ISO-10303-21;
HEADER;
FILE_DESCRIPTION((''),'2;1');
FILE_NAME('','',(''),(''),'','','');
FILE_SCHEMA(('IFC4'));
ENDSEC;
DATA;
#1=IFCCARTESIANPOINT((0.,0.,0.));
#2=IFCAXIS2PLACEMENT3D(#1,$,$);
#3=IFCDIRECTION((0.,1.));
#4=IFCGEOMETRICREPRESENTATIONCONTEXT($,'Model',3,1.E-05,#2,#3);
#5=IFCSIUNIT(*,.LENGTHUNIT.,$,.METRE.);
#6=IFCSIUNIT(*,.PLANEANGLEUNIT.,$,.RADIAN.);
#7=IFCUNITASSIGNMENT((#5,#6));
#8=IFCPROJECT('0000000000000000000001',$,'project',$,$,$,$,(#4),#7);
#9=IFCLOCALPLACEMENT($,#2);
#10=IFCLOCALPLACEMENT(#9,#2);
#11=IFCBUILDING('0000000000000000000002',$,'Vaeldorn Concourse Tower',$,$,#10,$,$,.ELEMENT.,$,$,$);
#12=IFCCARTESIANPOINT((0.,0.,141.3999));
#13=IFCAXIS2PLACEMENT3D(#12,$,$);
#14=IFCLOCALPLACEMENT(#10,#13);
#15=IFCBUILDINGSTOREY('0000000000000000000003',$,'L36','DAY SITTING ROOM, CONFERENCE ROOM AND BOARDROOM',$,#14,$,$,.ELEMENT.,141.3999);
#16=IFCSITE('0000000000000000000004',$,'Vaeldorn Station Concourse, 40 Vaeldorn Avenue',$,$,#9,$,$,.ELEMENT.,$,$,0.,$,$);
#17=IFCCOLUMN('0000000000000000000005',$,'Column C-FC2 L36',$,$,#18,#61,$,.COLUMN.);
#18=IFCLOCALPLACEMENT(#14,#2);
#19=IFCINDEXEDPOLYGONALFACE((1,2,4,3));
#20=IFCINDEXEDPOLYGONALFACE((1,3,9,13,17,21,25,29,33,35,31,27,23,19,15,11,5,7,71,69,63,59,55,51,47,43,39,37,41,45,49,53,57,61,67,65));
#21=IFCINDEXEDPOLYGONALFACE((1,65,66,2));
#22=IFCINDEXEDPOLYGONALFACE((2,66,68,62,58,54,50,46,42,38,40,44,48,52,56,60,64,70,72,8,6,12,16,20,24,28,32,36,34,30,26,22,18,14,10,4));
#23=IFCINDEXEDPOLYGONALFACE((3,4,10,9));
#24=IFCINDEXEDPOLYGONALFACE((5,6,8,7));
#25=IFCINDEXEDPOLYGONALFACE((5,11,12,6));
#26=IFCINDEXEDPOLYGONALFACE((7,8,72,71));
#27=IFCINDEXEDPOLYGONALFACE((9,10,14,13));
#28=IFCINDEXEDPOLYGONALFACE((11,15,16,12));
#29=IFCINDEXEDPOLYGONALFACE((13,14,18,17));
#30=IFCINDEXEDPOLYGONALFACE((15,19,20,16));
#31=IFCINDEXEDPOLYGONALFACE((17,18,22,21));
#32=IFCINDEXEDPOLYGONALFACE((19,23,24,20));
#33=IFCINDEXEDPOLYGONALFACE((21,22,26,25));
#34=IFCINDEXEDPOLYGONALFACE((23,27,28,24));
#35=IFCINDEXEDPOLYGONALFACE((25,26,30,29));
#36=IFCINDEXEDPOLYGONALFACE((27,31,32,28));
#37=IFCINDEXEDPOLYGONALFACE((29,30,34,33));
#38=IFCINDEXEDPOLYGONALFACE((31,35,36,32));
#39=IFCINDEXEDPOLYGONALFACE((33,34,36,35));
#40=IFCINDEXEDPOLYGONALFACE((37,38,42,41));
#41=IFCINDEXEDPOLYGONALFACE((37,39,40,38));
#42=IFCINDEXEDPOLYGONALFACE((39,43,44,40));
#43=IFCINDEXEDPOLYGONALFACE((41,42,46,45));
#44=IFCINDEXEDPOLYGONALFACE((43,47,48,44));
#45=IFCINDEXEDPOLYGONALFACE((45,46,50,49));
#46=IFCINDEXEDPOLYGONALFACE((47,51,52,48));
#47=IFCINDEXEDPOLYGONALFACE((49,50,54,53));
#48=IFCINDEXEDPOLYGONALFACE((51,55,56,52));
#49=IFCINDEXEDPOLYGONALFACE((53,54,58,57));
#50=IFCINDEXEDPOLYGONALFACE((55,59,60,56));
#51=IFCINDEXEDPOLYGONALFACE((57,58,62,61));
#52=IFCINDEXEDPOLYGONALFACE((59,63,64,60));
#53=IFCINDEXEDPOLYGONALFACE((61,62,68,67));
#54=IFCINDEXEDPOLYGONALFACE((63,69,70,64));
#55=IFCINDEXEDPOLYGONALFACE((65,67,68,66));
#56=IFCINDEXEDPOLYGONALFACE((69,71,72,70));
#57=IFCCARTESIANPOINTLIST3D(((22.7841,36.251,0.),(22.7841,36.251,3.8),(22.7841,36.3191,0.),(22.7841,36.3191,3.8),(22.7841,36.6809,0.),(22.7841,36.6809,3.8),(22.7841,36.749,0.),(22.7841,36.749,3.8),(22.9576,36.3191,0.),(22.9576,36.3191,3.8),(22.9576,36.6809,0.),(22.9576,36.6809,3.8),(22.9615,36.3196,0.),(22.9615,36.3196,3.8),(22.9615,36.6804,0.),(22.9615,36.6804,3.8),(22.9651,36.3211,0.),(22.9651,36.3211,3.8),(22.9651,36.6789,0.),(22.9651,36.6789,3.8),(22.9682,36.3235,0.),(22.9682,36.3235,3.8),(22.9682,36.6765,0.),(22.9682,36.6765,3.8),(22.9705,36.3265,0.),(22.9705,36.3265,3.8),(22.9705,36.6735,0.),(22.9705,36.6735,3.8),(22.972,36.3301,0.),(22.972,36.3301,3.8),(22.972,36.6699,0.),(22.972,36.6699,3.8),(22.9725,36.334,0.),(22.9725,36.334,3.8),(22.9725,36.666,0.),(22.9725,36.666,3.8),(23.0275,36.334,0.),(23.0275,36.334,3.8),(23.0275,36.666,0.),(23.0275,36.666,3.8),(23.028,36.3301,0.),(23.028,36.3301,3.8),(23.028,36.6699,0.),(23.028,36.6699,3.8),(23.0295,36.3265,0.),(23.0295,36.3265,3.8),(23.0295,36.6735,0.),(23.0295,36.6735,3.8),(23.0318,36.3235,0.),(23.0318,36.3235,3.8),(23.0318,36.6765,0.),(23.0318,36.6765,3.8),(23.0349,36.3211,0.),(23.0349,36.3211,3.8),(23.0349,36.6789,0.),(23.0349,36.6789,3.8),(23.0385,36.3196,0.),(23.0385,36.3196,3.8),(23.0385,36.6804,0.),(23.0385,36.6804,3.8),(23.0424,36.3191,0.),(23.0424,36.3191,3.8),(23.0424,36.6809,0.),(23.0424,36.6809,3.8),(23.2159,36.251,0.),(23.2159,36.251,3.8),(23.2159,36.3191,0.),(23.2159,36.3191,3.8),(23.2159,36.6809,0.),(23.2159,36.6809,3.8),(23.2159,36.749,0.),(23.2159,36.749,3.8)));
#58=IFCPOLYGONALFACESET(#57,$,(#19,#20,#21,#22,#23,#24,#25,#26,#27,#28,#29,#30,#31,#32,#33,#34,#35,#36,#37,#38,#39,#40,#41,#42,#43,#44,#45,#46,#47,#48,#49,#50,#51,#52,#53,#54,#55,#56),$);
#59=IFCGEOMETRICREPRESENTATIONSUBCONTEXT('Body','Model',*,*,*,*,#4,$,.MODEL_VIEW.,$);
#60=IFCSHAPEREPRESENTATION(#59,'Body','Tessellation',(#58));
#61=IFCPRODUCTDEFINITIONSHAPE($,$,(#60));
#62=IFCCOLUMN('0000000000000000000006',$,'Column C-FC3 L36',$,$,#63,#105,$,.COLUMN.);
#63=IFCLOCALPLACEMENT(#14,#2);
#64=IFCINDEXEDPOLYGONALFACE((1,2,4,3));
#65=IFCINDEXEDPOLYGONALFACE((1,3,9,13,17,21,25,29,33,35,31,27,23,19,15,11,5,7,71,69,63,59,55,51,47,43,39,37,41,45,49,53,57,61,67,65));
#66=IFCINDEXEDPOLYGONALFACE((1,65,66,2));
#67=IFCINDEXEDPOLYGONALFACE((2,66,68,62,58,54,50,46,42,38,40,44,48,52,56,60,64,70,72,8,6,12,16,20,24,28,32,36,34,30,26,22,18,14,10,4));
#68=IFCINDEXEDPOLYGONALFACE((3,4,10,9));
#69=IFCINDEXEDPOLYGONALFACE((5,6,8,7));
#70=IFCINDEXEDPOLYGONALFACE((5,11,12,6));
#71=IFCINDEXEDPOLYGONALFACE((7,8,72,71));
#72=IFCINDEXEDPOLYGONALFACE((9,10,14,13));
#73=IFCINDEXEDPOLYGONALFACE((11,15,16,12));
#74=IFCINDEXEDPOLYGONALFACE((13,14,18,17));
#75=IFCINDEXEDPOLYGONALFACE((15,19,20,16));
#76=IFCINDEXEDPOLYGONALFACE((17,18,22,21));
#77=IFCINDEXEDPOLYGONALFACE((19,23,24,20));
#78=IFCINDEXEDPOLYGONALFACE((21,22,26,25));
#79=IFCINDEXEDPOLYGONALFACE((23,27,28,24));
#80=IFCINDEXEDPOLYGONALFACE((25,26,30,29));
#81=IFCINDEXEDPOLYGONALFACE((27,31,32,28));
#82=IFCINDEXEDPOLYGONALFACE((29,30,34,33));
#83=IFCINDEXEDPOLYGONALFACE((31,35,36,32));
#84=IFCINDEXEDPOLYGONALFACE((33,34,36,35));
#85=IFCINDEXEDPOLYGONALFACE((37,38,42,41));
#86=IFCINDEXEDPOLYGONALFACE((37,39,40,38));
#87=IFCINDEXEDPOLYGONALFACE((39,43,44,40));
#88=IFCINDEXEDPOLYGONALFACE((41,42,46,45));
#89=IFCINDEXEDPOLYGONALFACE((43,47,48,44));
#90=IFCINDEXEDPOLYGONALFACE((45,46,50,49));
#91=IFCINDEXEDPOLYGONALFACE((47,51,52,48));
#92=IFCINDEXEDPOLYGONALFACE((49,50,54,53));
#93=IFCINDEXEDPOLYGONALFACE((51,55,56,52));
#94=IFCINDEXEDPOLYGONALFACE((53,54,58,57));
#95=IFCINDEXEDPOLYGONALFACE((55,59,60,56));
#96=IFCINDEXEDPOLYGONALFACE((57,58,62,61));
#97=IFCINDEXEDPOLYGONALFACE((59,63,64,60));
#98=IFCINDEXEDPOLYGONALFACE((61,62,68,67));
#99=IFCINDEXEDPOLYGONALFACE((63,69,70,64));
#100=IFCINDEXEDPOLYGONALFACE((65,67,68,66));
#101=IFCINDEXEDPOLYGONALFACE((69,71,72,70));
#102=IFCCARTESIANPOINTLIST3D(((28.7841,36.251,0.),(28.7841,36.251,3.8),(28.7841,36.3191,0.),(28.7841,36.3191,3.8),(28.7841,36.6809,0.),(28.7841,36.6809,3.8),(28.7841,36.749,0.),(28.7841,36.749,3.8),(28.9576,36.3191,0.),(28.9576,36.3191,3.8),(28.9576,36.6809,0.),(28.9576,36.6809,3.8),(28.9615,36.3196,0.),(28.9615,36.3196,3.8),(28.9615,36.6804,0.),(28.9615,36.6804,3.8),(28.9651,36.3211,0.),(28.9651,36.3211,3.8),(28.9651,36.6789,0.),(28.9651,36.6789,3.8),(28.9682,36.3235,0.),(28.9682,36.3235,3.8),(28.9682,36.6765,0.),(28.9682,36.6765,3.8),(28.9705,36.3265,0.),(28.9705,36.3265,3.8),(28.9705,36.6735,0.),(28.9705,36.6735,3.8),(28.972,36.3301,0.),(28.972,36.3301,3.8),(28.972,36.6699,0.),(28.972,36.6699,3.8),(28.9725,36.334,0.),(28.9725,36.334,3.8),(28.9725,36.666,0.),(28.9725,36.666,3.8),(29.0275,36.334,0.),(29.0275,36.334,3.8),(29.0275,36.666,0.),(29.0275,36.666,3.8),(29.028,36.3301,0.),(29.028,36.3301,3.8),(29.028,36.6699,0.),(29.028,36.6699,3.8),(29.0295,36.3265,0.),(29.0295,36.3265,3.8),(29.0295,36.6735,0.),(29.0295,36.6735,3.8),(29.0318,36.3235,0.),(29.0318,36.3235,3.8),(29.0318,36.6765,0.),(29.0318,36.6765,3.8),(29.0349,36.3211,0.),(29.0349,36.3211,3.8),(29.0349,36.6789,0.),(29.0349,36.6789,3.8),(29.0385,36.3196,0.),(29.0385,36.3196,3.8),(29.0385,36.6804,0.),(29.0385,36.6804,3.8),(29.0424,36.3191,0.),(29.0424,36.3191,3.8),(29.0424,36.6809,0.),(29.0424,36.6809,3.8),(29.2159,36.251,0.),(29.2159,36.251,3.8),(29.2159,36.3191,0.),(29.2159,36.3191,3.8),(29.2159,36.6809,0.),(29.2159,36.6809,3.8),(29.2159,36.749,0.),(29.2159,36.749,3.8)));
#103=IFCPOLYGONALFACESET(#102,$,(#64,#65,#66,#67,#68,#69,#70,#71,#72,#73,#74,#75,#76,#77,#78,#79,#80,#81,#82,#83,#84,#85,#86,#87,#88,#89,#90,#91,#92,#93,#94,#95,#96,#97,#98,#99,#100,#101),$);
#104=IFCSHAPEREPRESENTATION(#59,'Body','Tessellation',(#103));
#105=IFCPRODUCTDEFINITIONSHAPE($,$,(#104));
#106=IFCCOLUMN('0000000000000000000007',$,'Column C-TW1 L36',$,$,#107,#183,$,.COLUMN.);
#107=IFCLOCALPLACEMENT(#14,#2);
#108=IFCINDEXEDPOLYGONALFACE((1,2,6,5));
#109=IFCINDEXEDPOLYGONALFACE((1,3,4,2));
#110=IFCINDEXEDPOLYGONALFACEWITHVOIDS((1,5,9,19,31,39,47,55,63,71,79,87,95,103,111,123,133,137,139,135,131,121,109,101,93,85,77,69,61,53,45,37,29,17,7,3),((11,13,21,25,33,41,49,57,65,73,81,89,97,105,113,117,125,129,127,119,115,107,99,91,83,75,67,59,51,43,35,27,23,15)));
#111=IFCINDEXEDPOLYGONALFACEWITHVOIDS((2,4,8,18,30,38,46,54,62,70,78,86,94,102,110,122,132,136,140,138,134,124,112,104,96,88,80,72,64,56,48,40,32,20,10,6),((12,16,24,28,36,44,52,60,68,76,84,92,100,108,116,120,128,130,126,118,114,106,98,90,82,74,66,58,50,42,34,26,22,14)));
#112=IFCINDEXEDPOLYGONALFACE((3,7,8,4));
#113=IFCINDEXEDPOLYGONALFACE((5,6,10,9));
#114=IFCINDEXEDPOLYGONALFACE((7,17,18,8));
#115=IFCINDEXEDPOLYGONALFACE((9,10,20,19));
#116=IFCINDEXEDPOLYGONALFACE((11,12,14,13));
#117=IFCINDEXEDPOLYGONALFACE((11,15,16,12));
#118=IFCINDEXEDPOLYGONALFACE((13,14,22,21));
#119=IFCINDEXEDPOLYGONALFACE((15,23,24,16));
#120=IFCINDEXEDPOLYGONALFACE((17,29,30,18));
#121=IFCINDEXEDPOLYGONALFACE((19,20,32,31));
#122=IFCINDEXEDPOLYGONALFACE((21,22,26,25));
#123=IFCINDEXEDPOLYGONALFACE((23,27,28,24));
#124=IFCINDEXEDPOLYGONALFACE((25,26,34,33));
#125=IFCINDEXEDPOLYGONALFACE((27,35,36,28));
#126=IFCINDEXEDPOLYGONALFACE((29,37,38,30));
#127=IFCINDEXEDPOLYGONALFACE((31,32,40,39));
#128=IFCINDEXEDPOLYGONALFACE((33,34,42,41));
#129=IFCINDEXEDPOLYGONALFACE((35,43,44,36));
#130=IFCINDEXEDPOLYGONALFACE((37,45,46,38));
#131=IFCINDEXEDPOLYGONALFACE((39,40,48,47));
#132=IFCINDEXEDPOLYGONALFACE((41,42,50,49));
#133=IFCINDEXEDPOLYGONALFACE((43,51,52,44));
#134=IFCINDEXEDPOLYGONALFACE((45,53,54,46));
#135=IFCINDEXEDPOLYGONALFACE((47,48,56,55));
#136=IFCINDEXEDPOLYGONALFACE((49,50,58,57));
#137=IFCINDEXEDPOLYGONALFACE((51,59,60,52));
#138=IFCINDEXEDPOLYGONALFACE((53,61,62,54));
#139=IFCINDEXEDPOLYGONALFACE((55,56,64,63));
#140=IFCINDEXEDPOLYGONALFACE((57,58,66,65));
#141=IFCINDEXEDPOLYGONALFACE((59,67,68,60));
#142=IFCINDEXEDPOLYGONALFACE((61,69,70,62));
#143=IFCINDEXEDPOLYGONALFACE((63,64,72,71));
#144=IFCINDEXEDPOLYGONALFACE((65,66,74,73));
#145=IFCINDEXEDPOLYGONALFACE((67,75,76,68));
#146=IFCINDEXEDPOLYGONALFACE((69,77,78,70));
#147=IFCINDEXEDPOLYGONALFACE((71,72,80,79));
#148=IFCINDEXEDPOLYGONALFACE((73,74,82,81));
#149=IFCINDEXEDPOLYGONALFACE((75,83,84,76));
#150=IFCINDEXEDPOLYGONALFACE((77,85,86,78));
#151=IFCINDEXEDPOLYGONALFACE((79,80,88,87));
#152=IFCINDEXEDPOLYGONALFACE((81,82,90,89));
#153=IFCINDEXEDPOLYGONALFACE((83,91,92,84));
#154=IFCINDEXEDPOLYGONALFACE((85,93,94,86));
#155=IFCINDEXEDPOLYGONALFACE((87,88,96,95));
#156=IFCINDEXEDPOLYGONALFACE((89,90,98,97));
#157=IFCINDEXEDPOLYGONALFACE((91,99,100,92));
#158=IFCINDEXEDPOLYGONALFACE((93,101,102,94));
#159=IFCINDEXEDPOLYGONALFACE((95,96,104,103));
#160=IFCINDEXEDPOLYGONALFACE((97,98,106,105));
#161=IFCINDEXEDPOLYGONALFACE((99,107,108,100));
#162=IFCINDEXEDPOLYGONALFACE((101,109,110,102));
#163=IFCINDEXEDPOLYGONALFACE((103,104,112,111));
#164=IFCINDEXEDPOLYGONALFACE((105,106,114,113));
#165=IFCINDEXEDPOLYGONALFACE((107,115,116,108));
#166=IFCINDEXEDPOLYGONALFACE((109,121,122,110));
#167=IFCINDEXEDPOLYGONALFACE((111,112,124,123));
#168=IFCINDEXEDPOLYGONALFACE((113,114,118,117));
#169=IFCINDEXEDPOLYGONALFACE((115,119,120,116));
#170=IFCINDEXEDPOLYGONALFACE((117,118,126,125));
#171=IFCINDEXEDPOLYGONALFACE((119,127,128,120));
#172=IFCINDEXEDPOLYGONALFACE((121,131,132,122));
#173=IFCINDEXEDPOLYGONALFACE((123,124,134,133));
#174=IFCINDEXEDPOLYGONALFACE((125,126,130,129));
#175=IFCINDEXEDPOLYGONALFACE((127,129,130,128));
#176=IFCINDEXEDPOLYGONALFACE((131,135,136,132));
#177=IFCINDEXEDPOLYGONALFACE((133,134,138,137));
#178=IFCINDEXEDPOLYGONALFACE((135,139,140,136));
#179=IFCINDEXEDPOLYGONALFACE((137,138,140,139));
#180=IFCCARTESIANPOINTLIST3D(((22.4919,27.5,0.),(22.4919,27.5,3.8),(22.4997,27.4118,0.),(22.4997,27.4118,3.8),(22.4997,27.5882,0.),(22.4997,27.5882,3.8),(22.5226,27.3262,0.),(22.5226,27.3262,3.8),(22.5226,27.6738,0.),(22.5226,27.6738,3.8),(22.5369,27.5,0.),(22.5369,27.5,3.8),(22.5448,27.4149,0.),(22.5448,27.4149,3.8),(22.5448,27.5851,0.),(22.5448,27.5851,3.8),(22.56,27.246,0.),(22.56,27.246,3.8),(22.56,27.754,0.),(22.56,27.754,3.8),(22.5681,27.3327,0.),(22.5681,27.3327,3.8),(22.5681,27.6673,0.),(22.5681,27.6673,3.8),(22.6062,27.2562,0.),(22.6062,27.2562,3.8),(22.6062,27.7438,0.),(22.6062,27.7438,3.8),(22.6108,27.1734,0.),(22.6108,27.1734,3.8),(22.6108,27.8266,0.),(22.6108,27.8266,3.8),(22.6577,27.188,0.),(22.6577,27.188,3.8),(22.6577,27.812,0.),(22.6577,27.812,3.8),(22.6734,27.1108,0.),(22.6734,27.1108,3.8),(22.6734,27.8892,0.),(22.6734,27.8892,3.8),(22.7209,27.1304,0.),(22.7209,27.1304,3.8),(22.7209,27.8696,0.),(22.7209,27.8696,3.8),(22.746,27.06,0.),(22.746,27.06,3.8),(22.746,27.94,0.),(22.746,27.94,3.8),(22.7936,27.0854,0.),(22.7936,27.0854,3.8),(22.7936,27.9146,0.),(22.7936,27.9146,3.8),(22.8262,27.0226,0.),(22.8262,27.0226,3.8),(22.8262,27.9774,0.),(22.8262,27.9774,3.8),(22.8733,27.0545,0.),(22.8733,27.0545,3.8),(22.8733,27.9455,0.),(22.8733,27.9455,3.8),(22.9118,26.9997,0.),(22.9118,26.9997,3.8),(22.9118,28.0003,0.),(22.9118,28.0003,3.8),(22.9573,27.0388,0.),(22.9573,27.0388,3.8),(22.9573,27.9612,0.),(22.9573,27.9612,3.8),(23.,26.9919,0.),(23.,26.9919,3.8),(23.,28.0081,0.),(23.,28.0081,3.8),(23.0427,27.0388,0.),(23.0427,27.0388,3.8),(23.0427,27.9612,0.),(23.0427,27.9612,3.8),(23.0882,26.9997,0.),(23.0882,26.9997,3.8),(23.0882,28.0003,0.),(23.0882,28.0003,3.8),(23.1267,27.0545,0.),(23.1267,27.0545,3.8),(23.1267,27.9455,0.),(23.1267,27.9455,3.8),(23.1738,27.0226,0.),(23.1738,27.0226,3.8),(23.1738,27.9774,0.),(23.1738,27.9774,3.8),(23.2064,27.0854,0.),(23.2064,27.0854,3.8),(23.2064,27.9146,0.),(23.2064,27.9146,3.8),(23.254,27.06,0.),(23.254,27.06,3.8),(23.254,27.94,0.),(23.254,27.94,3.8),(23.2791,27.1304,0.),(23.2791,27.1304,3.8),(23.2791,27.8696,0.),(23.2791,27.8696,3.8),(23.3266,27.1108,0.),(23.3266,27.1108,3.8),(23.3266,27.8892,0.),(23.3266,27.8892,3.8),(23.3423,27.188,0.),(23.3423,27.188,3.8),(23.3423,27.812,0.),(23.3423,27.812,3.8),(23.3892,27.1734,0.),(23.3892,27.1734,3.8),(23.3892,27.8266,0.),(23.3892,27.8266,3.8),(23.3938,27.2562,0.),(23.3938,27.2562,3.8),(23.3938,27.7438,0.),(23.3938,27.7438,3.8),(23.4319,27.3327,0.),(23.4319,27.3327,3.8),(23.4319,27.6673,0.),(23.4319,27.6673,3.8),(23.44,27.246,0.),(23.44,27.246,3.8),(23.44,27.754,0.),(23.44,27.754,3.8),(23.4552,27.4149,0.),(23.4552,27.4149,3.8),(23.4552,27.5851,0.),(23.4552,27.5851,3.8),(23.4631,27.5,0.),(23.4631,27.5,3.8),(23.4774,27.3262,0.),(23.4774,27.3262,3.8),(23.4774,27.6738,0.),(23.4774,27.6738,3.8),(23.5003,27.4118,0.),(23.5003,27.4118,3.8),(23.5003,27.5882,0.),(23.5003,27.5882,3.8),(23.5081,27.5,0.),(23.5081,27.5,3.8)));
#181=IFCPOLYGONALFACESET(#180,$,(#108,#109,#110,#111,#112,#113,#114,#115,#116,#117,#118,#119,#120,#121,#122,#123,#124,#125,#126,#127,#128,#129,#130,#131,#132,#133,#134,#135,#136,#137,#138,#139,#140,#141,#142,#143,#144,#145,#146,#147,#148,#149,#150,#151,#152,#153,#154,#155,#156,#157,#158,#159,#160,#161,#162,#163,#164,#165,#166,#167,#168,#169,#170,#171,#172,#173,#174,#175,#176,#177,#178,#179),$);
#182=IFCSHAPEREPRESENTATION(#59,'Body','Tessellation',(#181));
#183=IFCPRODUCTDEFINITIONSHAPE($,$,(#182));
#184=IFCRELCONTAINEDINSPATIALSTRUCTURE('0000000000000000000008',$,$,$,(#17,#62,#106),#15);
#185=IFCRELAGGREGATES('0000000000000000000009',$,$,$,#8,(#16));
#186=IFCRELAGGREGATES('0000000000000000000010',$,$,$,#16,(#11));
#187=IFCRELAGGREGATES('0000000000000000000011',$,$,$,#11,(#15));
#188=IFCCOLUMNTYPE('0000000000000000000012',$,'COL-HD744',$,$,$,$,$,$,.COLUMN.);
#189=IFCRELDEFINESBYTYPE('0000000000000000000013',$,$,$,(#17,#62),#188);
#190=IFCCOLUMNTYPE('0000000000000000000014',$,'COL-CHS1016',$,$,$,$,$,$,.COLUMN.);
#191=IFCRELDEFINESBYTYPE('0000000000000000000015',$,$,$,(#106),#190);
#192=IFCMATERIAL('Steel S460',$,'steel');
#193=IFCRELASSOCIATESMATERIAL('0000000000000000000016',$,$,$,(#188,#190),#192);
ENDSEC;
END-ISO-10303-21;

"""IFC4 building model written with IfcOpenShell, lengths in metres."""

from ifc_helpers import new_model, si_unit, direction, frame, origin, origin_2d, place, context, subcontext, project, spatial, hollow_circle, i_section, extrude, source, transform, mapped, material, material_profile, profile_set, type_object, element, save


model = new_model("IFC4")

# Units and contexts
model_context = context("Model", 3, precision=1e-05, world=origin(), true_north=direction((0.0, 1.0)))
body_context = subcontext(model_context, "Body", "Model", "MODEL_VIEW")
ifc_project = project(units=[si_unit("LENGTHUNIT", "METRE"), si_unit("PLANEANGLEUNIT", "RADIAN")], contexts=[model_context])

# Site, building, storey
site_placement = place(None, origin())
site = spatial("IfcSite", under=ifc_project, at=site_placement, Name="Vaeldorn Station Concourse, 40 Vaeldorn Avenue", CompositionType="ELEMENT", RefElevation=0.0)
building_placement = place(site_placement, origin())
building = spatial("IfcBuilding", under=site, at=building_placement, Name="Vaeldorn Concourse Tower", CompositionType="ELEMENT")
storey_placement = place(building_placement, frame((0.0, 0.0, 141.3999)))
storey = spatial("IfcBuildingStorey", under=building, at=storey_placement, Name="L36", Description="DAY SITTING ROOM, CONFERENCE ROOM AND BOARDROOM", CompositionType="ELEMENT", Elevation=141.3999)

# Columns
ifc_material_1 = material(Name="Steel S460", Category="steel")
ifc_material_profile_1 = material_profile(ifc_material_1, i_section(OverallWidth=0.4319, OverallDepth=0.498, WebThickness=0.0549, FlangeThickness=0.0681, FilletRadius=0.0149, at=origin_2d()), Name="HD 400x744")
ifc_profile_set_1 = profile_set([ifc_material_profile_1], Name="Steel S460")
column_type_1 = type_object("IfcColumnType", Name="COL-HD744", PredefinedType="COLUMN", material=ifc_profile_set_1)
shared_shape_1 = source(origin(), body_context, "Body", "SweptSolid", [
    extrude(i_section(OverallWidth=0.4319, OverallDepth=0.498, WebThickness=0.0549, FlangeThickness=0.0681, FilletRadius=0.0149, at=origin_2d()), origin(), (0.0, 0.0, 1.0), 3.8),
])
for number, where, z_axis, x_axis, name in (
    (1, (23.0, 36.5, 0.0), (0.0, 0.0, 1.0), (1.0, 0.0, 0.0), "Column C-FC2 L36"),
    (2, (29.0, 36.5, 0.0), (0.0, 0.0, 1.0), (1.0, 0.0, 0.0), "Column C-FC3 L36"),
):
    element("IfcColumn", number, at=place(storey_placement, frame(where, z_axis=z_axis, x_axis=x_axis)), inside=storey, type_object=column_type_1, Name=name, PredefinedType="COLUMN", context=body_context, shape_type="MappedRepresentation", body=[
        mapped(shared_shape_1, transform((0.0, 0.0, 0.0), scale=1.0)),
    ])
ifc_material_profile_2 = material_profile(ifc_material_1, hollow_circle(Radius=0.5081, WallThickness=0.0449, at=origin_2d()), Name="CHS 1016x45")
ifc_profile_set_2 = profile_set([ifc_material_profile_2], Name="Steel S460")
column_type_2 = type_object("IfcColumnType", Name="COL-CHS1016", PredefinedType="COLUMN", material=ifc_profile_set_2)
shared_shape_2 = source(origin(), body_context, "Body", "SweptSolid", [
    extrude(hollow_circle(Radius=0.5081, WallThickness=0.0449, at=origin_2d()), origin(), (0.0, 0.0, 1.0), 3.8),
])
column_1_placement = place(storey_placement, frame((23.0, 27.5, 0.0), z_axis=(0.0, 0.0, 1.0), x_axis=(1.0, 0.0, 0.0)))
element("IfcColumn", 3, at=column_1_placement, inside=storey, type_object=column_type_2, Name="Column C-TW1 L36", PredefinedType="COLUMN", context=body_context, shape_type="MappedRepresentation", body=[
    mapped(shared_shape_2, transform((0.0, 0.0, 0.0), scale=1.0)),
])

save(model, "model.ifc")
